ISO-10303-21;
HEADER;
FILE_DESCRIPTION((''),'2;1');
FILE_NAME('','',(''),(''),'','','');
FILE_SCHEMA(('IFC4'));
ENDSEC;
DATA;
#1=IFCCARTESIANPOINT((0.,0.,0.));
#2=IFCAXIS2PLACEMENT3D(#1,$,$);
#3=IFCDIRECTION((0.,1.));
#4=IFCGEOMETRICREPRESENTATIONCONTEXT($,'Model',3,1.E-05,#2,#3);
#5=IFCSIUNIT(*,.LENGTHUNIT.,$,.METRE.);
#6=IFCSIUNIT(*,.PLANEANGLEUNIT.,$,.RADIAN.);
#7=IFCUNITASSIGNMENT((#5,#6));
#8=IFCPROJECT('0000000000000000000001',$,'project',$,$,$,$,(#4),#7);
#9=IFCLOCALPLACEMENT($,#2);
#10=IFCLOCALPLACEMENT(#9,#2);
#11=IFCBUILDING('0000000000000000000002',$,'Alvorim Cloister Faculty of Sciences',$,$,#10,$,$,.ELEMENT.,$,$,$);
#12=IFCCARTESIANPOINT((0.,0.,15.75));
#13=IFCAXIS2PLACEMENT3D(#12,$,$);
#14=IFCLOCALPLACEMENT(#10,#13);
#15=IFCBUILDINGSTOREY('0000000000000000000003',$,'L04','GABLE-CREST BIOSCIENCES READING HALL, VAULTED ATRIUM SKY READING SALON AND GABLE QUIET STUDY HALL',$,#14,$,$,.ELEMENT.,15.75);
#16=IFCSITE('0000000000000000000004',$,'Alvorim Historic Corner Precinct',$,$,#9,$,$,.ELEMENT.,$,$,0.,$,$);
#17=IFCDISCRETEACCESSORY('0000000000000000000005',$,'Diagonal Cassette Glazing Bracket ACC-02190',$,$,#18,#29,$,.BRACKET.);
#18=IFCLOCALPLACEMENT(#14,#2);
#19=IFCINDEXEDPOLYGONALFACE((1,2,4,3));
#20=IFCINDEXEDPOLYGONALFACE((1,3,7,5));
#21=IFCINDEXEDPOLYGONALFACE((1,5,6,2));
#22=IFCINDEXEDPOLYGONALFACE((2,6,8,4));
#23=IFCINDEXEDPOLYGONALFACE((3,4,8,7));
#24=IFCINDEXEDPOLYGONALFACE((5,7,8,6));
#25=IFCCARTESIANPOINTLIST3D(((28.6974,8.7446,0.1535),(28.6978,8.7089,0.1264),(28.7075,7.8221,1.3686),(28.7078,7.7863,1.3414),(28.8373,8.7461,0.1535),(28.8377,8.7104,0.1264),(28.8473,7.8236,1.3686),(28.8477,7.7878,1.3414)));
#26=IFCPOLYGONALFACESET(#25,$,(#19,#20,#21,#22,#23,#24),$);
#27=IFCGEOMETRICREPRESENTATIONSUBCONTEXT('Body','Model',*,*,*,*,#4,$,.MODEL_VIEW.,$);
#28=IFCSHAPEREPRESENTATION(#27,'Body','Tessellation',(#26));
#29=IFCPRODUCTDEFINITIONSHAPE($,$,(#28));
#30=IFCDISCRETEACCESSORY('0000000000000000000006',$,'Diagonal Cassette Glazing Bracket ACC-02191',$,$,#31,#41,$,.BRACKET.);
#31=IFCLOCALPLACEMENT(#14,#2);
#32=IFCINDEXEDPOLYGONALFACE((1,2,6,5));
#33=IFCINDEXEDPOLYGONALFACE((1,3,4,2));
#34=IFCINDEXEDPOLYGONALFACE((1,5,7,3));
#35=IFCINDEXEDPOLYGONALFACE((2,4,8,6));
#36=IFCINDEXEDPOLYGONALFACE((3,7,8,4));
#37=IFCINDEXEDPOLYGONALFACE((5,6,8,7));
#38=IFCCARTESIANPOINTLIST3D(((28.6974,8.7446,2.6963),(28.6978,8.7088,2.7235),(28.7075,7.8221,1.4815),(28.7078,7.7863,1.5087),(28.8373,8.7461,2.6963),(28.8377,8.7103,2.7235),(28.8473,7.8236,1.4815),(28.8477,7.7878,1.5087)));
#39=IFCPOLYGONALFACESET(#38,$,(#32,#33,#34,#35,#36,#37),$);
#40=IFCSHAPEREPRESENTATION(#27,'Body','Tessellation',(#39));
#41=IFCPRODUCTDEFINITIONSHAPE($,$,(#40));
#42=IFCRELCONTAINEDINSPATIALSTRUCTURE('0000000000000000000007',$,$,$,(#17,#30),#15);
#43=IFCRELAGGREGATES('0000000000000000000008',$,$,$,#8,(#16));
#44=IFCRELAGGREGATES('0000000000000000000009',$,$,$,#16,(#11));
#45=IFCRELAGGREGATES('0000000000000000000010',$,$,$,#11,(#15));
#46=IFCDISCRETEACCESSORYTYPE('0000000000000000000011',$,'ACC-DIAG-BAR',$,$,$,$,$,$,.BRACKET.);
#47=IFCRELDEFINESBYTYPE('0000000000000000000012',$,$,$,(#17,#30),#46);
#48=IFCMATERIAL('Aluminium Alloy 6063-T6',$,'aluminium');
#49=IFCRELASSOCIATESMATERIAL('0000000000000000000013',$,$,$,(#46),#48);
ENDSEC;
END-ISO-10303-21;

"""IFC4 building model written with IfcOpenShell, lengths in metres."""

from ifc_helpers import new_model, si_unit, direction, frame, origin, origin_2d, place, context, subcontext, project, spatial, rectangle, extrude, material, type_object, element, save


model = new_model("IFC4")

# Units and contexts
model_context = context("Model", 3, precision=1e-05, world=origin(), true_north=direction((0.0, 1.0)))
body_context = subcontext(model_context, "Body", "Model", "MODEL_VIEW")
ifc_project = project(units=[si_unit("LENGTHUNIT", "METRE"), si_unit("PLANEANGLEUNIT", "RADIAN")], contexts=[model_context])

# Site, building, storey
site_placement = place(None, origin())
site = spatial("IfcSite", under=ifc_project, at=site_placement, Name="Alvorim Historic Corner Precinct", CompositionType="ELEMENT", RefElevation=0.0)
building_placement = place(site_placement, origin())
building = spatial("IfcBuilding", under=site, at=building_placement, Name="Alvorim Cloister Faculty of Sciences", CompositionType="ELEMENT")
storey_placement = place(building_placement, frame((0.0, 0.0, 15.75)))
storey = spatial("IfcBuildingStorey", under=building, at=storey_placement, Name="L04", Description="GABLE-CREST BIOSCIENCES READING HALL, VAULTED ATRIUM SKY READING SALON AND GABLE QUIET STUDY HALL", CompositionType="ELEMENT", Elevation=15.75)

# Shared definitions
ifc_material_1 = material(Name="Aluminium Alloy 6063-T6", Category="aluminium")

# Discrete accessories
discrete_accessory_type = type_object("IfcDiscreteAccessoryType", Name="ACC-DIAG-BAR", PredefinedType="BRACKET", material=ifc_material_1)
discrete_accessory_1_placement = place(storey_placement, frame((28.7776, 7.8049, 1.355), z_axis=(-0.006561, 0.604713, -0.796416), x_axis=(-0.999941, -0.010849, 0.0)))
element("IfcDiscreteAccessory", 1, at=discrete_accessory_1_placement, inside=storey, type_object=discrete_accessory_type, Name="Diagonal Cassette Glazing Bracket ACC-02190", PredefinedType="BRACKET", context=body_context, shape_type="SweptSolid", body=[
    extrude(rectangle(XDim=0.1399, YDim=0.0449, at=origin_2d()), origin(), (0.0, 0.0, 1.0), 1.5256),
])
discrete_accessory_2_placement = place(storey_placement, frame((28.7776, 7.8049, 1.4951), z_axis=(-0.006562, 0.60479, 0.796358), x_axis=(-0.999941, -0.010849, 0.0)))
element("IfcDiscreteAccessory", 2, at=discrete_accessory_2_placement, inside=storey, type_object=discrete_accessory_type, Name="Diagonal Cassette Glazing Bracket ACC-02191", PredefinedType="BRACKET", context=body_context, shape_type="SweptSolid", body=[
    extrude(rectangle(XDim=0.1399, YDim=0.0449, at=origin_2d()), origin(), (0.0, 0.0, 1.0), 1.5254),
])

save(model, "model.ifc")
